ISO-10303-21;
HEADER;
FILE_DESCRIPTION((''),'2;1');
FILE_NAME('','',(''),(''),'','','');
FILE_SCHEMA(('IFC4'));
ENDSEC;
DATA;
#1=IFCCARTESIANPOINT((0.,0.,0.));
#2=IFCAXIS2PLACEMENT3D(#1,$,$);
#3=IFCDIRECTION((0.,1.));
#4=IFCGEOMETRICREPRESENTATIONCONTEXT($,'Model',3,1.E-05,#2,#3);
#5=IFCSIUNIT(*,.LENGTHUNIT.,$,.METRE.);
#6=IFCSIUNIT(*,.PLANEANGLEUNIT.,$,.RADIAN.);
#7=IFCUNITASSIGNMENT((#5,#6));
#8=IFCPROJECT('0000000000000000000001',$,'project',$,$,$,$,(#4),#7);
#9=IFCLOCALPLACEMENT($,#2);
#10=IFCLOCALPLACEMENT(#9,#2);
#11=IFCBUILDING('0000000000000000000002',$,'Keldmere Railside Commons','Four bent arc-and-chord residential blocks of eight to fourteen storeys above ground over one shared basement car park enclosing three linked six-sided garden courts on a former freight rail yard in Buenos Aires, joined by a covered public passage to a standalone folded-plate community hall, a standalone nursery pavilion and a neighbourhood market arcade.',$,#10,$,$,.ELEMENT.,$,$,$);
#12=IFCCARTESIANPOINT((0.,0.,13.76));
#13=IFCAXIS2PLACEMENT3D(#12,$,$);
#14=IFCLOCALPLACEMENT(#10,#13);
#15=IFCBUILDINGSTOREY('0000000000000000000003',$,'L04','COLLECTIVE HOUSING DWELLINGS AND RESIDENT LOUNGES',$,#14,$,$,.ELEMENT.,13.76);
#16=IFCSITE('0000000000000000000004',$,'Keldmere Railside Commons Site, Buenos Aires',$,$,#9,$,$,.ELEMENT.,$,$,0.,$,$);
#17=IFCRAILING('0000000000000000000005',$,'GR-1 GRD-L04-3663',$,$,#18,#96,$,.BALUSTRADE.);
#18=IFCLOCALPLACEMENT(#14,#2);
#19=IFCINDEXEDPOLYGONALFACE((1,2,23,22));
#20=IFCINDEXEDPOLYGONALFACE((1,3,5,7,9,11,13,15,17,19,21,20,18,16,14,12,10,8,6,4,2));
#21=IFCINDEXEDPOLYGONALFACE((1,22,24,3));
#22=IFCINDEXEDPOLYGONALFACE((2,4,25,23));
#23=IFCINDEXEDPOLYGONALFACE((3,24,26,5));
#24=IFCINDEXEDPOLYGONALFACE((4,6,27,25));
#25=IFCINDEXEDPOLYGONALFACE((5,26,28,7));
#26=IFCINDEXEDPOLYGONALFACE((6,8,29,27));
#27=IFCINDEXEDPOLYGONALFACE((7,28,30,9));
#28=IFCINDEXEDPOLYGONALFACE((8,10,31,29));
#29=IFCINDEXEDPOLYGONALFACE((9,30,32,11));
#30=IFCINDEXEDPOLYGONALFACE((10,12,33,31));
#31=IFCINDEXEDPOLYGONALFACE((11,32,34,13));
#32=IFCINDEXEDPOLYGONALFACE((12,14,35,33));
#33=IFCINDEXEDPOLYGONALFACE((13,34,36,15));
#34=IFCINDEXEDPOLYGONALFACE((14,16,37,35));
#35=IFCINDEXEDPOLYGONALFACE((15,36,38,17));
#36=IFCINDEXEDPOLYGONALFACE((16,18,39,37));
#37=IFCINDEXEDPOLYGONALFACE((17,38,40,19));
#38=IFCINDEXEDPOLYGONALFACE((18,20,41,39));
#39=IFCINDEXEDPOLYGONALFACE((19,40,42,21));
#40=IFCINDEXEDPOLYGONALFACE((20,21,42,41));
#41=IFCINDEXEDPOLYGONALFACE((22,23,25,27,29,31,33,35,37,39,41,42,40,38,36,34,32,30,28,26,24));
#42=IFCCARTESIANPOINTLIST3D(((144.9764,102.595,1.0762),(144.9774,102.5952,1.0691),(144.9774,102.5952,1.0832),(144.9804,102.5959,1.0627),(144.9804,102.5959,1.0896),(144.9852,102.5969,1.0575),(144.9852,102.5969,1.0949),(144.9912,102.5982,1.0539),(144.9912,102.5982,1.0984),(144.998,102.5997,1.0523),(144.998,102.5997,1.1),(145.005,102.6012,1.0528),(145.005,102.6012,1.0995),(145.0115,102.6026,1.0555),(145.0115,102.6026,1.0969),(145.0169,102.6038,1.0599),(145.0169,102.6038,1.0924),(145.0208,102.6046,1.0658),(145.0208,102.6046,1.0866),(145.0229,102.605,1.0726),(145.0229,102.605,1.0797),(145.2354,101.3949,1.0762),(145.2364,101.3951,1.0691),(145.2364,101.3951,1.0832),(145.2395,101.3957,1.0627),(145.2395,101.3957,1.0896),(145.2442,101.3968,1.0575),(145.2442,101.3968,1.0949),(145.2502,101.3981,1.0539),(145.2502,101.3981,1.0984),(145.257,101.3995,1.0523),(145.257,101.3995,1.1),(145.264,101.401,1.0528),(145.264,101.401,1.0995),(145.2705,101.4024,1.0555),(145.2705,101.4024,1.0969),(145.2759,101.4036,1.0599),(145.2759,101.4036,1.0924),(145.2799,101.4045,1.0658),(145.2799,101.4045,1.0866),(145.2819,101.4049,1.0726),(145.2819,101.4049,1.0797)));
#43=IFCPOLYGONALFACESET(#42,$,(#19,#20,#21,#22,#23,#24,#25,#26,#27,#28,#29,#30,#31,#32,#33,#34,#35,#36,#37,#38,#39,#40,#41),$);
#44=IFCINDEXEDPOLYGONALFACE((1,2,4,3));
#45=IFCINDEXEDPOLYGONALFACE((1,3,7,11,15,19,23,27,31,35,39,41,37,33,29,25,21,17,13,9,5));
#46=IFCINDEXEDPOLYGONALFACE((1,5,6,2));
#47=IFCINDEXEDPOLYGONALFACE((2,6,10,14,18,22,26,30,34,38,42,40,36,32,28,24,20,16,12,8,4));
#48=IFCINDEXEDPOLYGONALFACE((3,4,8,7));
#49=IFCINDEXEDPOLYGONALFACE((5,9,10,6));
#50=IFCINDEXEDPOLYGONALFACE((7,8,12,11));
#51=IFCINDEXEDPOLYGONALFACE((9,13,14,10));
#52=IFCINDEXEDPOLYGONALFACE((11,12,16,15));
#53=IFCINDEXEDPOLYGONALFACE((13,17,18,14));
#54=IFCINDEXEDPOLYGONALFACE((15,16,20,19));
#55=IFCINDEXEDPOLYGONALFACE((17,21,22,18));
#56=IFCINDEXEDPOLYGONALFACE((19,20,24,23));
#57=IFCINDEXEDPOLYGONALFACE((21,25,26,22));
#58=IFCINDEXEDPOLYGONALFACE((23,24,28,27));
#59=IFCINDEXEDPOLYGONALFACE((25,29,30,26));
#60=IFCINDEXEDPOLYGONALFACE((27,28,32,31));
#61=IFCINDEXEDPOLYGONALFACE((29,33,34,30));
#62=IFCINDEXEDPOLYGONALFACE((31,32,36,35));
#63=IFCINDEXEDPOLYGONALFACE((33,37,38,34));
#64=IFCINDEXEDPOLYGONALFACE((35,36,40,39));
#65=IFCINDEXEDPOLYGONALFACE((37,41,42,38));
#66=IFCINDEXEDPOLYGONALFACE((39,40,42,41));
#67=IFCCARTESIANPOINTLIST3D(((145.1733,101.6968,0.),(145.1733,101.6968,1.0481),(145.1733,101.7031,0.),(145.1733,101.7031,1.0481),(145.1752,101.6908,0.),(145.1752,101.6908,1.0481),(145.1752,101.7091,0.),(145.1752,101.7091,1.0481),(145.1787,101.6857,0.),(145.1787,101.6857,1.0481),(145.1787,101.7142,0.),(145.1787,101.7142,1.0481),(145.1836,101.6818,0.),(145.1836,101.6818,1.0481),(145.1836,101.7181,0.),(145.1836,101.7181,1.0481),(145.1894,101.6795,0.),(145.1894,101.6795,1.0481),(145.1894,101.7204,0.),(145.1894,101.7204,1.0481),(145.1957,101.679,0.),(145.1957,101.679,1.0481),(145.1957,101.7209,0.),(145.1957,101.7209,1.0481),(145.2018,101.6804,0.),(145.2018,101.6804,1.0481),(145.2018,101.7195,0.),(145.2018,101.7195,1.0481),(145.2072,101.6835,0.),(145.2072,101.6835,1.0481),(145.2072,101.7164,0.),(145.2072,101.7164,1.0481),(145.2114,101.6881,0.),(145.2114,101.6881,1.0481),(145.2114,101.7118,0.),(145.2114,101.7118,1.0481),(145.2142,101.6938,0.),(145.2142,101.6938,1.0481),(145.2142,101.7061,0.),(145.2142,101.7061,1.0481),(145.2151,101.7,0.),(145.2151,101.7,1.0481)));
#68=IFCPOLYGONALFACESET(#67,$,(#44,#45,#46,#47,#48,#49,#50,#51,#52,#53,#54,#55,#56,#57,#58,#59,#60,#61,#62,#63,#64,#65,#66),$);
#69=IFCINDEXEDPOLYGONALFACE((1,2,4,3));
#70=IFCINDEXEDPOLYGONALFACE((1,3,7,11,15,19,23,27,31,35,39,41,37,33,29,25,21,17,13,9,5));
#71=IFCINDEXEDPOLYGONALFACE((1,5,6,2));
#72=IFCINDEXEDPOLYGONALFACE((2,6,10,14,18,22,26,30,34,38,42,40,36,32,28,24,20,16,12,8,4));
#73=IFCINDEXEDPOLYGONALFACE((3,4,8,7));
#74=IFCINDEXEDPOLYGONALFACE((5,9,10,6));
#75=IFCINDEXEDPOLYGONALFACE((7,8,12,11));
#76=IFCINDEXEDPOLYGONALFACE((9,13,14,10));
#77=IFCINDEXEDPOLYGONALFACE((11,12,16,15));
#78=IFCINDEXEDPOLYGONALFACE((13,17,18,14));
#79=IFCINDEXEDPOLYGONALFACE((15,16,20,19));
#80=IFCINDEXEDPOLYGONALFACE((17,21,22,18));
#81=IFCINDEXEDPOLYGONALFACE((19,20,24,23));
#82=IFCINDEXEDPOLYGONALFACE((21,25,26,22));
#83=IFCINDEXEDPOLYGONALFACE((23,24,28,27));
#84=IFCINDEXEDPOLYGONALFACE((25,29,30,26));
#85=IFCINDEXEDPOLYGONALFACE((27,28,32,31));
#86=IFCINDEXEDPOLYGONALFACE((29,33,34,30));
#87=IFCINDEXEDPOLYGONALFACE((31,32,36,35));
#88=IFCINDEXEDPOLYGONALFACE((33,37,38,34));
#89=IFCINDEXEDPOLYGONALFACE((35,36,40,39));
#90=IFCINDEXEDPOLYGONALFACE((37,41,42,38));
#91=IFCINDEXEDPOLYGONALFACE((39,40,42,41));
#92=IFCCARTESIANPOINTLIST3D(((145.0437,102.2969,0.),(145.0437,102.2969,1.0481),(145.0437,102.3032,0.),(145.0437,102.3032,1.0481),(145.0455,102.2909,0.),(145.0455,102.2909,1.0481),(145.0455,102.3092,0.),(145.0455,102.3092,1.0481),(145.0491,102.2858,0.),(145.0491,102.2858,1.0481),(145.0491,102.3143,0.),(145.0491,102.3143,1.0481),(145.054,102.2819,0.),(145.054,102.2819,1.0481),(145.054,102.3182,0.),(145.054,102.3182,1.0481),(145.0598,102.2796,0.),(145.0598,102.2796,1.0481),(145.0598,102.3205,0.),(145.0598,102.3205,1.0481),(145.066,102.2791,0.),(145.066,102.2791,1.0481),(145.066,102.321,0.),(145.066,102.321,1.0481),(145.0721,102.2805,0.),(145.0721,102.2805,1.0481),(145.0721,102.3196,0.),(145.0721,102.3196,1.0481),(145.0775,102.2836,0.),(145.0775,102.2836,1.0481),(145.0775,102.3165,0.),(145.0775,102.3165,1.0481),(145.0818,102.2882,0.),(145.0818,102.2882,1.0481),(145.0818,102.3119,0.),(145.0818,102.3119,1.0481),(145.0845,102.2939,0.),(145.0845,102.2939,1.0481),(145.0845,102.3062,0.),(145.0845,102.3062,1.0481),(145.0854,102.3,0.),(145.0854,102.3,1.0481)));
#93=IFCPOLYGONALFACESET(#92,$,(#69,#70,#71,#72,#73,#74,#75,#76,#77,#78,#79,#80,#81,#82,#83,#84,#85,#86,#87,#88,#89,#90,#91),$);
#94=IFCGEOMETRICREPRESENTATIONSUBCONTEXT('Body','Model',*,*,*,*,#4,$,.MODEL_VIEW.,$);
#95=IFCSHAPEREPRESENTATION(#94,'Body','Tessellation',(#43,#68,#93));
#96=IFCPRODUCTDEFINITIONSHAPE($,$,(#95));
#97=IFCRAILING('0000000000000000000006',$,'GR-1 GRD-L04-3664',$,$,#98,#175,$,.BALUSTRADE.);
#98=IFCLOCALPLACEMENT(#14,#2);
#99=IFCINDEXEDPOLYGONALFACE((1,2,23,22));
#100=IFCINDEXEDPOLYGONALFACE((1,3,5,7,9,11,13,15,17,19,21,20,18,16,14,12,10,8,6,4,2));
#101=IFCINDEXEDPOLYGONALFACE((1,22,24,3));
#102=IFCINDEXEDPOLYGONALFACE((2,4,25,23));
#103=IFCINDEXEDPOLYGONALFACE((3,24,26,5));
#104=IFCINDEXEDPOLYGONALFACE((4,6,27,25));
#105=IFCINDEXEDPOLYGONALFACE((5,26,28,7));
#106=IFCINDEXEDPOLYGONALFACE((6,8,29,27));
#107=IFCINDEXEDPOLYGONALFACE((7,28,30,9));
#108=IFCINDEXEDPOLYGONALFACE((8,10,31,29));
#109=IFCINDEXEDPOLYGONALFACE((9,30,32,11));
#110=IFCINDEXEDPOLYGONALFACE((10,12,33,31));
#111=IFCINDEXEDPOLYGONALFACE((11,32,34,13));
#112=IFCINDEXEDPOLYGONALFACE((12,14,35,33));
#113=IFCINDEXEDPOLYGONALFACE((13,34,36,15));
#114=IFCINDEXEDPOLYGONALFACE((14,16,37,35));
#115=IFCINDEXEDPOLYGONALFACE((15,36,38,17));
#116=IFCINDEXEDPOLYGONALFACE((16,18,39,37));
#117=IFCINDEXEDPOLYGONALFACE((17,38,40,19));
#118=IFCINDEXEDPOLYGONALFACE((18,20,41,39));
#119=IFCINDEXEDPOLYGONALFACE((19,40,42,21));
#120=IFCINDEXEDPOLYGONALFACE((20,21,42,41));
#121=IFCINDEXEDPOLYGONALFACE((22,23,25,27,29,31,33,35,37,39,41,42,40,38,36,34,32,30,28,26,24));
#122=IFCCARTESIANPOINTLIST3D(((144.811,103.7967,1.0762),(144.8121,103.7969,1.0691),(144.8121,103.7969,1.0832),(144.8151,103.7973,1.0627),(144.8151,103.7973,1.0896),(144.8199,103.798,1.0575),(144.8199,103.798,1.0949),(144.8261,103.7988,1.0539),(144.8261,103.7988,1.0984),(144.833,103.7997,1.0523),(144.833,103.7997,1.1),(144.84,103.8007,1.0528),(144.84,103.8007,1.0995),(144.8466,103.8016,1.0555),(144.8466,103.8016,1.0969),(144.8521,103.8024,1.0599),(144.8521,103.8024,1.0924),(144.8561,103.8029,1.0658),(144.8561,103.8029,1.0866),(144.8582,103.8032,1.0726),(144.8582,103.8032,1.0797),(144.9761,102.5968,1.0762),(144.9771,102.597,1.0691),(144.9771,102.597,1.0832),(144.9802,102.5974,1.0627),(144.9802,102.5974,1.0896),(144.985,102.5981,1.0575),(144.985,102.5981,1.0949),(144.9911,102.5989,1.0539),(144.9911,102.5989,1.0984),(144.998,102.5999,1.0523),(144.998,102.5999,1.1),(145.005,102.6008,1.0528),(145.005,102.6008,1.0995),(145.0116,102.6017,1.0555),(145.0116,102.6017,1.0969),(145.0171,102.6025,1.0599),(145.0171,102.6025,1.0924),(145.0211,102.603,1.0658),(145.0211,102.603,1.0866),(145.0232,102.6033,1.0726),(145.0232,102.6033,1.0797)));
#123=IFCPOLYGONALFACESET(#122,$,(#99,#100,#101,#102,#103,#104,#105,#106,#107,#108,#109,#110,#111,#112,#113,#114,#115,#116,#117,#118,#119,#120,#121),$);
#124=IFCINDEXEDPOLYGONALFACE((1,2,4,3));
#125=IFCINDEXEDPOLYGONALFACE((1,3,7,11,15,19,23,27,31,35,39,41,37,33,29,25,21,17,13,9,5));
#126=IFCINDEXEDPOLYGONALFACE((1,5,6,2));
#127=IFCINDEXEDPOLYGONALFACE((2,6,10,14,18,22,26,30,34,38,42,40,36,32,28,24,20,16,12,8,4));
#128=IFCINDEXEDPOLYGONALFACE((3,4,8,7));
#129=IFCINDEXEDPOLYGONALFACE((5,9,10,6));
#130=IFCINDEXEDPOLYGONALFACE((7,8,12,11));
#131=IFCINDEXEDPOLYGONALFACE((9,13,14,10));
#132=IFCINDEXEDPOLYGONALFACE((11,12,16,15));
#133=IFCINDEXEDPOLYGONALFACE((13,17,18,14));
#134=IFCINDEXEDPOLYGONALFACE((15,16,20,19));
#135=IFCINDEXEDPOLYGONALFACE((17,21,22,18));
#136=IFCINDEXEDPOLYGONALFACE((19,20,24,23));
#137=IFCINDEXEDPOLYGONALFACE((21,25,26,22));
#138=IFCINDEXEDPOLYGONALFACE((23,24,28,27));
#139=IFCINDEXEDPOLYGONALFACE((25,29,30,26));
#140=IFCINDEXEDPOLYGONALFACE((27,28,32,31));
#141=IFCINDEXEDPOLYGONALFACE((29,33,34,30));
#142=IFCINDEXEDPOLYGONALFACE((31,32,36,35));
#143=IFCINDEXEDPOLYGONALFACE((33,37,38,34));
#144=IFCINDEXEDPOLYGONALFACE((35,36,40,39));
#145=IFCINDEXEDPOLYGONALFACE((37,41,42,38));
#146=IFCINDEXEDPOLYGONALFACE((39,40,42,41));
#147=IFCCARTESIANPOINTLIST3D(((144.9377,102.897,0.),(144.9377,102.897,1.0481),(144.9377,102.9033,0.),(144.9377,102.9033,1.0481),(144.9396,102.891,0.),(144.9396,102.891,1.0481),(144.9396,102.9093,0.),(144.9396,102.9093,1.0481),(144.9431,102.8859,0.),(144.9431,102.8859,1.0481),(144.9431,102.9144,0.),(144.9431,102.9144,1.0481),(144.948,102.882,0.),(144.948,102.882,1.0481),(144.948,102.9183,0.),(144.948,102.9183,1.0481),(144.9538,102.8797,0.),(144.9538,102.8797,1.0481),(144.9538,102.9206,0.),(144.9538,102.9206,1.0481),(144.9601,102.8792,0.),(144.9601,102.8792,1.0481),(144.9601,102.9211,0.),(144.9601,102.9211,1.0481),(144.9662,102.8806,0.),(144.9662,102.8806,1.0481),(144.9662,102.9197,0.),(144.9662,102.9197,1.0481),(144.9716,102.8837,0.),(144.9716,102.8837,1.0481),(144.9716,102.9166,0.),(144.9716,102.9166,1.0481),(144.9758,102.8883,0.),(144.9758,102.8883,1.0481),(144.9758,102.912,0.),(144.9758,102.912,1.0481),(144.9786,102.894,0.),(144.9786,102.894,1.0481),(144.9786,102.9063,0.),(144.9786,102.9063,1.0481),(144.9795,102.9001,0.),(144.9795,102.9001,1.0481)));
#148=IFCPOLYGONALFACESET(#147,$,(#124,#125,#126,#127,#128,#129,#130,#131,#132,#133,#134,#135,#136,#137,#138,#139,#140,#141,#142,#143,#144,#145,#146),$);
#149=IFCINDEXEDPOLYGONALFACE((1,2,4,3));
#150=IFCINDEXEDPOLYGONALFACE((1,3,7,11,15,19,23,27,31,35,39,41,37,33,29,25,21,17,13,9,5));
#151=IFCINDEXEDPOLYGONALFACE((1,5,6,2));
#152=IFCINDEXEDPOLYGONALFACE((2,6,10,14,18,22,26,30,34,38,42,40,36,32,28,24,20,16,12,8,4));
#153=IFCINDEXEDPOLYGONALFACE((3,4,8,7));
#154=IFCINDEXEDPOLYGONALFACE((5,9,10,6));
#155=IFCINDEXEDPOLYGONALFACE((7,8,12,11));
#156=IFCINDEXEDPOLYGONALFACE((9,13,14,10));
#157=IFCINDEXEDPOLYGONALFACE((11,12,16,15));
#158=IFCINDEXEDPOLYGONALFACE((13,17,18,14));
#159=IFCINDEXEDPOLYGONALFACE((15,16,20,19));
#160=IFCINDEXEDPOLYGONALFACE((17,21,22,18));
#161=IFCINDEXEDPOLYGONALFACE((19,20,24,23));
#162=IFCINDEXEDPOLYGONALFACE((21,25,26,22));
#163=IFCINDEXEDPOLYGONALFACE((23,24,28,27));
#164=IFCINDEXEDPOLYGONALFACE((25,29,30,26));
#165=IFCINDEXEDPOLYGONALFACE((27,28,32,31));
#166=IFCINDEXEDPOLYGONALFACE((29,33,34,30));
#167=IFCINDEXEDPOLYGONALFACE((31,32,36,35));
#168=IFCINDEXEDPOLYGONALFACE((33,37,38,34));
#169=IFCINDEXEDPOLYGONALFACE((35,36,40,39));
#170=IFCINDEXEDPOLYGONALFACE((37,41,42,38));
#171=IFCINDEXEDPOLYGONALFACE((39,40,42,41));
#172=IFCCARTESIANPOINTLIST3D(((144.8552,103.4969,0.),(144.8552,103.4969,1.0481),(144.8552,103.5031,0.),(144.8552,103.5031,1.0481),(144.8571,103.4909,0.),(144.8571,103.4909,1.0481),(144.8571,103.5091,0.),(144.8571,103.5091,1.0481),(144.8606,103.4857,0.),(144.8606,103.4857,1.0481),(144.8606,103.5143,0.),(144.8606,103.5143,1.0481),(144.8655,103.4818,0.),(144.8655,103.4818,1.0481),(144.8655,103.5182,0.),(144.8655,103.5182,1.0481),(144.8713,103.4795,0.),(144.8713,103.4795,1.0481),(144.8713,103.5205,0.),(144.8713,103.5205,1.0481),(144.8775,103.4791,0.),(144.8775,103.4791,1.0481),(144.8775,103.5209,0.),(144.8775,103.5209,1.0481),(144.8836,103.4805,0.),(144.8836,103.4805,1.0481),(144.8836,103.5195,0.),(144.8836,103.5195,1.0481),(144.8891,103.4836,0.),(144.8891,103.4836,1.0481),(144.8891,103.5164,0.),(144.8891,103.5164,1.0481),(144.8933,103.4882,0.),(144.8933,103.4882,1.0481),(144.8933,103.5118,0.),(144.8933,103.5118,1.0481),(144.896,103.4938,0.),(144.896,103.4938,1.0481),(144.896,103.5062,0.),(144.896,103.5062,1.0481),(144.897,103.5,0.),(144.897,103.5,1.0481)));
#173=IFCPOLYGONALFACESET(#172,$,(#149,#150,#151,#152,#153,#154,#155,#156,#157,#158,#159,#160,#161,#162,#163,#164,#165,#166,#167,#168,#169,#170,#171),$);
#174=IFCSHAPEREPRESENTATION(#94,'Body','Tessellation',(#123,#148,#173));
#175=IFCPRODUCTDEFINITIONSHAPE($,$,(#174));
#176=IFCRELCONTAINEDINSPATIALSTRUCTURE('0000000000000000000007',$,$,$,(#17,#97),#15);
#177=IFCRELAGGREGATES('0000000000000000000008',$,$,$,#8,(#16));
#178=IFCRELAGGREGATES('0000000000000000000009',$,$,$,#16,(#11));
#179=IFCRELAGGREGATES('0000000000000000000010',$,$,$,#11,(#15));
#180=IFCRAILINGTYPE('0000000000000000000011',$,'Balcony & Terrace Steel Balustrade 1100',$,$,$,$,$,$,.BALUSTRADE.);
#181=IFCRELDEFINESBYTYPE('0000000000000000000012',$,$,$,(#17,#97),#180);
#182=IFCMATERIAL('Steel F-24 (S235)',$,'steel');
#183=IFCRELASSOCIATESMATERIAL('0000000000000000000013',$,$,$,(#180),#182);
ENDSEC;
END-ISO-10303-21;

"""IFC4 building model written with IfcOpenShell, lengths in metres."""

from ifc_helpers import new_model, si_unit, direction, frame, origin, origin_2d, place, context, subcontext, project, spatial, circle, extrude, material, type_object, element, save


model = new_model("IFC4")

# Units and contexts
model_context = context("Model", 3, precision=1e-05, world=origin(), true_north=direction((0.0, 1.0)))
body_context = subcontext(model_context, "Body", "Model", "MODEL_VIEW")
ifc_project = project(units=[si_unit("LENGTHUNIT", "METRE"), si_unit("PLANEANGLEUNIT", "RADIAN")], contexts=[model_context])

# Site, building, storey
site_placement = place(None, origin())
site = spatial("IfcSite", under=ifc_project, at=site_placement, Name="Keldmere Railside Commons Site, Buenos Aires", CompositionType="ELEMENT", RefElevation=0.0)
building_placement = place(site_placement, origin())
building = spatial("IfcBuilding", under=site, at=building_placement, Name="Keldmere Railside Commons", Description="Four bent arc-and-chord residential blocks of eight to fourteen storeys above ground over one shared basement car park enclosing three linked six-sided garden courts on a former freight rail yard in Buenos Aires, joined by a covered public passage to a standalone folded-plate community hall, a standalone nursery pavilion and a neighbourhood market arcade.", CompositionType="ELEMENT")
storey_placement = place(building_placement, frame((0.0, 0.0, 13.76)))
storey = spatial("IfcBuildingStorey", under=building, at=storey_placement, Name="L04", Description="COLLECTIVE HOUSING DWELLINGS AND RESIDENT LOUNGES", CompositionType="ELEMENT", Elevation=13.76)

# Railings
ifc_material_1 = material(Name="Steel F-24 (S235)", Category="steel")
railing_type_1 = type_object("IfcRailingType", Name="Balcony & Terrace Steel Balustrade 1100", PredefinedType="BALUSTRADE", material=ifc_material_1)
railing_1_placement = place(storey_placement, frame((145.2588, 101.3999, 0.0)))
element("IfcRailing", 1, at=railing_1_placement, inside=storey, type_object=railing_type_1, Name="GR-1 GRD-L04-3663", PredefinedType="BALUSTRADE", context=body_context, shape_type="SweptSolid", body=[
    extrude(circle(Radius=0.0239, at=origin_2d()), frame((0.0, 0.0, 1.0762), z_axis=(-0.210968, 0.977493, 0.0), x_axis=(-0.977493, -0.210968, 0.0)), (0.0, 0.0, 1.0), 1.2278),
    extrude(circle(Radius=0.021, at=origin_2d()), frame((-0.0647, 0.3, 0.0)), (0.0, 0.0, 1.0), 1.0481),
    extrude(circle(Radius=0.021, at=origin_2d()), frame((-0.1943, 0.9001, 0.0)), (0.0, 0.0, 1.0), 1.0481),
])
railing_2_placement = place(storey_placement, frame((144.9998, 102.6001, 0.0)))
element("IfcRailing", 2, at=railing_2_placement, inside=storey, type_object=railing_type_1, Name="GR-1 GRD-L04-3664", PredefinedType="BALUSTRADE", context=body_context, shape_type="SweptSolid", body=[
    extrude(circle(Radius=0.0239, at=origin_2d()), frame((0.0, 0.0, 1.0762), z_axis=(-0.136255, 0.990674, 0.0), x_axis=(-0.990674, -0.136255, 0.0)), (0.0, 0.0, 1.0), 1.2112),
    extrude(circle(Radius=0.021, at=origin_2d()), frame((-0.0413, 0.3, 0.0)), (0.0, 0.0, 1.0), 1.0481),
    extrude(circle(Radius=0.021, at=origin_2d()), frame((-0.1238, 0.8999, 0.0)), (0.0, 0.0, 1.0), 1.0481),
])

save(model, "model.ifc")
